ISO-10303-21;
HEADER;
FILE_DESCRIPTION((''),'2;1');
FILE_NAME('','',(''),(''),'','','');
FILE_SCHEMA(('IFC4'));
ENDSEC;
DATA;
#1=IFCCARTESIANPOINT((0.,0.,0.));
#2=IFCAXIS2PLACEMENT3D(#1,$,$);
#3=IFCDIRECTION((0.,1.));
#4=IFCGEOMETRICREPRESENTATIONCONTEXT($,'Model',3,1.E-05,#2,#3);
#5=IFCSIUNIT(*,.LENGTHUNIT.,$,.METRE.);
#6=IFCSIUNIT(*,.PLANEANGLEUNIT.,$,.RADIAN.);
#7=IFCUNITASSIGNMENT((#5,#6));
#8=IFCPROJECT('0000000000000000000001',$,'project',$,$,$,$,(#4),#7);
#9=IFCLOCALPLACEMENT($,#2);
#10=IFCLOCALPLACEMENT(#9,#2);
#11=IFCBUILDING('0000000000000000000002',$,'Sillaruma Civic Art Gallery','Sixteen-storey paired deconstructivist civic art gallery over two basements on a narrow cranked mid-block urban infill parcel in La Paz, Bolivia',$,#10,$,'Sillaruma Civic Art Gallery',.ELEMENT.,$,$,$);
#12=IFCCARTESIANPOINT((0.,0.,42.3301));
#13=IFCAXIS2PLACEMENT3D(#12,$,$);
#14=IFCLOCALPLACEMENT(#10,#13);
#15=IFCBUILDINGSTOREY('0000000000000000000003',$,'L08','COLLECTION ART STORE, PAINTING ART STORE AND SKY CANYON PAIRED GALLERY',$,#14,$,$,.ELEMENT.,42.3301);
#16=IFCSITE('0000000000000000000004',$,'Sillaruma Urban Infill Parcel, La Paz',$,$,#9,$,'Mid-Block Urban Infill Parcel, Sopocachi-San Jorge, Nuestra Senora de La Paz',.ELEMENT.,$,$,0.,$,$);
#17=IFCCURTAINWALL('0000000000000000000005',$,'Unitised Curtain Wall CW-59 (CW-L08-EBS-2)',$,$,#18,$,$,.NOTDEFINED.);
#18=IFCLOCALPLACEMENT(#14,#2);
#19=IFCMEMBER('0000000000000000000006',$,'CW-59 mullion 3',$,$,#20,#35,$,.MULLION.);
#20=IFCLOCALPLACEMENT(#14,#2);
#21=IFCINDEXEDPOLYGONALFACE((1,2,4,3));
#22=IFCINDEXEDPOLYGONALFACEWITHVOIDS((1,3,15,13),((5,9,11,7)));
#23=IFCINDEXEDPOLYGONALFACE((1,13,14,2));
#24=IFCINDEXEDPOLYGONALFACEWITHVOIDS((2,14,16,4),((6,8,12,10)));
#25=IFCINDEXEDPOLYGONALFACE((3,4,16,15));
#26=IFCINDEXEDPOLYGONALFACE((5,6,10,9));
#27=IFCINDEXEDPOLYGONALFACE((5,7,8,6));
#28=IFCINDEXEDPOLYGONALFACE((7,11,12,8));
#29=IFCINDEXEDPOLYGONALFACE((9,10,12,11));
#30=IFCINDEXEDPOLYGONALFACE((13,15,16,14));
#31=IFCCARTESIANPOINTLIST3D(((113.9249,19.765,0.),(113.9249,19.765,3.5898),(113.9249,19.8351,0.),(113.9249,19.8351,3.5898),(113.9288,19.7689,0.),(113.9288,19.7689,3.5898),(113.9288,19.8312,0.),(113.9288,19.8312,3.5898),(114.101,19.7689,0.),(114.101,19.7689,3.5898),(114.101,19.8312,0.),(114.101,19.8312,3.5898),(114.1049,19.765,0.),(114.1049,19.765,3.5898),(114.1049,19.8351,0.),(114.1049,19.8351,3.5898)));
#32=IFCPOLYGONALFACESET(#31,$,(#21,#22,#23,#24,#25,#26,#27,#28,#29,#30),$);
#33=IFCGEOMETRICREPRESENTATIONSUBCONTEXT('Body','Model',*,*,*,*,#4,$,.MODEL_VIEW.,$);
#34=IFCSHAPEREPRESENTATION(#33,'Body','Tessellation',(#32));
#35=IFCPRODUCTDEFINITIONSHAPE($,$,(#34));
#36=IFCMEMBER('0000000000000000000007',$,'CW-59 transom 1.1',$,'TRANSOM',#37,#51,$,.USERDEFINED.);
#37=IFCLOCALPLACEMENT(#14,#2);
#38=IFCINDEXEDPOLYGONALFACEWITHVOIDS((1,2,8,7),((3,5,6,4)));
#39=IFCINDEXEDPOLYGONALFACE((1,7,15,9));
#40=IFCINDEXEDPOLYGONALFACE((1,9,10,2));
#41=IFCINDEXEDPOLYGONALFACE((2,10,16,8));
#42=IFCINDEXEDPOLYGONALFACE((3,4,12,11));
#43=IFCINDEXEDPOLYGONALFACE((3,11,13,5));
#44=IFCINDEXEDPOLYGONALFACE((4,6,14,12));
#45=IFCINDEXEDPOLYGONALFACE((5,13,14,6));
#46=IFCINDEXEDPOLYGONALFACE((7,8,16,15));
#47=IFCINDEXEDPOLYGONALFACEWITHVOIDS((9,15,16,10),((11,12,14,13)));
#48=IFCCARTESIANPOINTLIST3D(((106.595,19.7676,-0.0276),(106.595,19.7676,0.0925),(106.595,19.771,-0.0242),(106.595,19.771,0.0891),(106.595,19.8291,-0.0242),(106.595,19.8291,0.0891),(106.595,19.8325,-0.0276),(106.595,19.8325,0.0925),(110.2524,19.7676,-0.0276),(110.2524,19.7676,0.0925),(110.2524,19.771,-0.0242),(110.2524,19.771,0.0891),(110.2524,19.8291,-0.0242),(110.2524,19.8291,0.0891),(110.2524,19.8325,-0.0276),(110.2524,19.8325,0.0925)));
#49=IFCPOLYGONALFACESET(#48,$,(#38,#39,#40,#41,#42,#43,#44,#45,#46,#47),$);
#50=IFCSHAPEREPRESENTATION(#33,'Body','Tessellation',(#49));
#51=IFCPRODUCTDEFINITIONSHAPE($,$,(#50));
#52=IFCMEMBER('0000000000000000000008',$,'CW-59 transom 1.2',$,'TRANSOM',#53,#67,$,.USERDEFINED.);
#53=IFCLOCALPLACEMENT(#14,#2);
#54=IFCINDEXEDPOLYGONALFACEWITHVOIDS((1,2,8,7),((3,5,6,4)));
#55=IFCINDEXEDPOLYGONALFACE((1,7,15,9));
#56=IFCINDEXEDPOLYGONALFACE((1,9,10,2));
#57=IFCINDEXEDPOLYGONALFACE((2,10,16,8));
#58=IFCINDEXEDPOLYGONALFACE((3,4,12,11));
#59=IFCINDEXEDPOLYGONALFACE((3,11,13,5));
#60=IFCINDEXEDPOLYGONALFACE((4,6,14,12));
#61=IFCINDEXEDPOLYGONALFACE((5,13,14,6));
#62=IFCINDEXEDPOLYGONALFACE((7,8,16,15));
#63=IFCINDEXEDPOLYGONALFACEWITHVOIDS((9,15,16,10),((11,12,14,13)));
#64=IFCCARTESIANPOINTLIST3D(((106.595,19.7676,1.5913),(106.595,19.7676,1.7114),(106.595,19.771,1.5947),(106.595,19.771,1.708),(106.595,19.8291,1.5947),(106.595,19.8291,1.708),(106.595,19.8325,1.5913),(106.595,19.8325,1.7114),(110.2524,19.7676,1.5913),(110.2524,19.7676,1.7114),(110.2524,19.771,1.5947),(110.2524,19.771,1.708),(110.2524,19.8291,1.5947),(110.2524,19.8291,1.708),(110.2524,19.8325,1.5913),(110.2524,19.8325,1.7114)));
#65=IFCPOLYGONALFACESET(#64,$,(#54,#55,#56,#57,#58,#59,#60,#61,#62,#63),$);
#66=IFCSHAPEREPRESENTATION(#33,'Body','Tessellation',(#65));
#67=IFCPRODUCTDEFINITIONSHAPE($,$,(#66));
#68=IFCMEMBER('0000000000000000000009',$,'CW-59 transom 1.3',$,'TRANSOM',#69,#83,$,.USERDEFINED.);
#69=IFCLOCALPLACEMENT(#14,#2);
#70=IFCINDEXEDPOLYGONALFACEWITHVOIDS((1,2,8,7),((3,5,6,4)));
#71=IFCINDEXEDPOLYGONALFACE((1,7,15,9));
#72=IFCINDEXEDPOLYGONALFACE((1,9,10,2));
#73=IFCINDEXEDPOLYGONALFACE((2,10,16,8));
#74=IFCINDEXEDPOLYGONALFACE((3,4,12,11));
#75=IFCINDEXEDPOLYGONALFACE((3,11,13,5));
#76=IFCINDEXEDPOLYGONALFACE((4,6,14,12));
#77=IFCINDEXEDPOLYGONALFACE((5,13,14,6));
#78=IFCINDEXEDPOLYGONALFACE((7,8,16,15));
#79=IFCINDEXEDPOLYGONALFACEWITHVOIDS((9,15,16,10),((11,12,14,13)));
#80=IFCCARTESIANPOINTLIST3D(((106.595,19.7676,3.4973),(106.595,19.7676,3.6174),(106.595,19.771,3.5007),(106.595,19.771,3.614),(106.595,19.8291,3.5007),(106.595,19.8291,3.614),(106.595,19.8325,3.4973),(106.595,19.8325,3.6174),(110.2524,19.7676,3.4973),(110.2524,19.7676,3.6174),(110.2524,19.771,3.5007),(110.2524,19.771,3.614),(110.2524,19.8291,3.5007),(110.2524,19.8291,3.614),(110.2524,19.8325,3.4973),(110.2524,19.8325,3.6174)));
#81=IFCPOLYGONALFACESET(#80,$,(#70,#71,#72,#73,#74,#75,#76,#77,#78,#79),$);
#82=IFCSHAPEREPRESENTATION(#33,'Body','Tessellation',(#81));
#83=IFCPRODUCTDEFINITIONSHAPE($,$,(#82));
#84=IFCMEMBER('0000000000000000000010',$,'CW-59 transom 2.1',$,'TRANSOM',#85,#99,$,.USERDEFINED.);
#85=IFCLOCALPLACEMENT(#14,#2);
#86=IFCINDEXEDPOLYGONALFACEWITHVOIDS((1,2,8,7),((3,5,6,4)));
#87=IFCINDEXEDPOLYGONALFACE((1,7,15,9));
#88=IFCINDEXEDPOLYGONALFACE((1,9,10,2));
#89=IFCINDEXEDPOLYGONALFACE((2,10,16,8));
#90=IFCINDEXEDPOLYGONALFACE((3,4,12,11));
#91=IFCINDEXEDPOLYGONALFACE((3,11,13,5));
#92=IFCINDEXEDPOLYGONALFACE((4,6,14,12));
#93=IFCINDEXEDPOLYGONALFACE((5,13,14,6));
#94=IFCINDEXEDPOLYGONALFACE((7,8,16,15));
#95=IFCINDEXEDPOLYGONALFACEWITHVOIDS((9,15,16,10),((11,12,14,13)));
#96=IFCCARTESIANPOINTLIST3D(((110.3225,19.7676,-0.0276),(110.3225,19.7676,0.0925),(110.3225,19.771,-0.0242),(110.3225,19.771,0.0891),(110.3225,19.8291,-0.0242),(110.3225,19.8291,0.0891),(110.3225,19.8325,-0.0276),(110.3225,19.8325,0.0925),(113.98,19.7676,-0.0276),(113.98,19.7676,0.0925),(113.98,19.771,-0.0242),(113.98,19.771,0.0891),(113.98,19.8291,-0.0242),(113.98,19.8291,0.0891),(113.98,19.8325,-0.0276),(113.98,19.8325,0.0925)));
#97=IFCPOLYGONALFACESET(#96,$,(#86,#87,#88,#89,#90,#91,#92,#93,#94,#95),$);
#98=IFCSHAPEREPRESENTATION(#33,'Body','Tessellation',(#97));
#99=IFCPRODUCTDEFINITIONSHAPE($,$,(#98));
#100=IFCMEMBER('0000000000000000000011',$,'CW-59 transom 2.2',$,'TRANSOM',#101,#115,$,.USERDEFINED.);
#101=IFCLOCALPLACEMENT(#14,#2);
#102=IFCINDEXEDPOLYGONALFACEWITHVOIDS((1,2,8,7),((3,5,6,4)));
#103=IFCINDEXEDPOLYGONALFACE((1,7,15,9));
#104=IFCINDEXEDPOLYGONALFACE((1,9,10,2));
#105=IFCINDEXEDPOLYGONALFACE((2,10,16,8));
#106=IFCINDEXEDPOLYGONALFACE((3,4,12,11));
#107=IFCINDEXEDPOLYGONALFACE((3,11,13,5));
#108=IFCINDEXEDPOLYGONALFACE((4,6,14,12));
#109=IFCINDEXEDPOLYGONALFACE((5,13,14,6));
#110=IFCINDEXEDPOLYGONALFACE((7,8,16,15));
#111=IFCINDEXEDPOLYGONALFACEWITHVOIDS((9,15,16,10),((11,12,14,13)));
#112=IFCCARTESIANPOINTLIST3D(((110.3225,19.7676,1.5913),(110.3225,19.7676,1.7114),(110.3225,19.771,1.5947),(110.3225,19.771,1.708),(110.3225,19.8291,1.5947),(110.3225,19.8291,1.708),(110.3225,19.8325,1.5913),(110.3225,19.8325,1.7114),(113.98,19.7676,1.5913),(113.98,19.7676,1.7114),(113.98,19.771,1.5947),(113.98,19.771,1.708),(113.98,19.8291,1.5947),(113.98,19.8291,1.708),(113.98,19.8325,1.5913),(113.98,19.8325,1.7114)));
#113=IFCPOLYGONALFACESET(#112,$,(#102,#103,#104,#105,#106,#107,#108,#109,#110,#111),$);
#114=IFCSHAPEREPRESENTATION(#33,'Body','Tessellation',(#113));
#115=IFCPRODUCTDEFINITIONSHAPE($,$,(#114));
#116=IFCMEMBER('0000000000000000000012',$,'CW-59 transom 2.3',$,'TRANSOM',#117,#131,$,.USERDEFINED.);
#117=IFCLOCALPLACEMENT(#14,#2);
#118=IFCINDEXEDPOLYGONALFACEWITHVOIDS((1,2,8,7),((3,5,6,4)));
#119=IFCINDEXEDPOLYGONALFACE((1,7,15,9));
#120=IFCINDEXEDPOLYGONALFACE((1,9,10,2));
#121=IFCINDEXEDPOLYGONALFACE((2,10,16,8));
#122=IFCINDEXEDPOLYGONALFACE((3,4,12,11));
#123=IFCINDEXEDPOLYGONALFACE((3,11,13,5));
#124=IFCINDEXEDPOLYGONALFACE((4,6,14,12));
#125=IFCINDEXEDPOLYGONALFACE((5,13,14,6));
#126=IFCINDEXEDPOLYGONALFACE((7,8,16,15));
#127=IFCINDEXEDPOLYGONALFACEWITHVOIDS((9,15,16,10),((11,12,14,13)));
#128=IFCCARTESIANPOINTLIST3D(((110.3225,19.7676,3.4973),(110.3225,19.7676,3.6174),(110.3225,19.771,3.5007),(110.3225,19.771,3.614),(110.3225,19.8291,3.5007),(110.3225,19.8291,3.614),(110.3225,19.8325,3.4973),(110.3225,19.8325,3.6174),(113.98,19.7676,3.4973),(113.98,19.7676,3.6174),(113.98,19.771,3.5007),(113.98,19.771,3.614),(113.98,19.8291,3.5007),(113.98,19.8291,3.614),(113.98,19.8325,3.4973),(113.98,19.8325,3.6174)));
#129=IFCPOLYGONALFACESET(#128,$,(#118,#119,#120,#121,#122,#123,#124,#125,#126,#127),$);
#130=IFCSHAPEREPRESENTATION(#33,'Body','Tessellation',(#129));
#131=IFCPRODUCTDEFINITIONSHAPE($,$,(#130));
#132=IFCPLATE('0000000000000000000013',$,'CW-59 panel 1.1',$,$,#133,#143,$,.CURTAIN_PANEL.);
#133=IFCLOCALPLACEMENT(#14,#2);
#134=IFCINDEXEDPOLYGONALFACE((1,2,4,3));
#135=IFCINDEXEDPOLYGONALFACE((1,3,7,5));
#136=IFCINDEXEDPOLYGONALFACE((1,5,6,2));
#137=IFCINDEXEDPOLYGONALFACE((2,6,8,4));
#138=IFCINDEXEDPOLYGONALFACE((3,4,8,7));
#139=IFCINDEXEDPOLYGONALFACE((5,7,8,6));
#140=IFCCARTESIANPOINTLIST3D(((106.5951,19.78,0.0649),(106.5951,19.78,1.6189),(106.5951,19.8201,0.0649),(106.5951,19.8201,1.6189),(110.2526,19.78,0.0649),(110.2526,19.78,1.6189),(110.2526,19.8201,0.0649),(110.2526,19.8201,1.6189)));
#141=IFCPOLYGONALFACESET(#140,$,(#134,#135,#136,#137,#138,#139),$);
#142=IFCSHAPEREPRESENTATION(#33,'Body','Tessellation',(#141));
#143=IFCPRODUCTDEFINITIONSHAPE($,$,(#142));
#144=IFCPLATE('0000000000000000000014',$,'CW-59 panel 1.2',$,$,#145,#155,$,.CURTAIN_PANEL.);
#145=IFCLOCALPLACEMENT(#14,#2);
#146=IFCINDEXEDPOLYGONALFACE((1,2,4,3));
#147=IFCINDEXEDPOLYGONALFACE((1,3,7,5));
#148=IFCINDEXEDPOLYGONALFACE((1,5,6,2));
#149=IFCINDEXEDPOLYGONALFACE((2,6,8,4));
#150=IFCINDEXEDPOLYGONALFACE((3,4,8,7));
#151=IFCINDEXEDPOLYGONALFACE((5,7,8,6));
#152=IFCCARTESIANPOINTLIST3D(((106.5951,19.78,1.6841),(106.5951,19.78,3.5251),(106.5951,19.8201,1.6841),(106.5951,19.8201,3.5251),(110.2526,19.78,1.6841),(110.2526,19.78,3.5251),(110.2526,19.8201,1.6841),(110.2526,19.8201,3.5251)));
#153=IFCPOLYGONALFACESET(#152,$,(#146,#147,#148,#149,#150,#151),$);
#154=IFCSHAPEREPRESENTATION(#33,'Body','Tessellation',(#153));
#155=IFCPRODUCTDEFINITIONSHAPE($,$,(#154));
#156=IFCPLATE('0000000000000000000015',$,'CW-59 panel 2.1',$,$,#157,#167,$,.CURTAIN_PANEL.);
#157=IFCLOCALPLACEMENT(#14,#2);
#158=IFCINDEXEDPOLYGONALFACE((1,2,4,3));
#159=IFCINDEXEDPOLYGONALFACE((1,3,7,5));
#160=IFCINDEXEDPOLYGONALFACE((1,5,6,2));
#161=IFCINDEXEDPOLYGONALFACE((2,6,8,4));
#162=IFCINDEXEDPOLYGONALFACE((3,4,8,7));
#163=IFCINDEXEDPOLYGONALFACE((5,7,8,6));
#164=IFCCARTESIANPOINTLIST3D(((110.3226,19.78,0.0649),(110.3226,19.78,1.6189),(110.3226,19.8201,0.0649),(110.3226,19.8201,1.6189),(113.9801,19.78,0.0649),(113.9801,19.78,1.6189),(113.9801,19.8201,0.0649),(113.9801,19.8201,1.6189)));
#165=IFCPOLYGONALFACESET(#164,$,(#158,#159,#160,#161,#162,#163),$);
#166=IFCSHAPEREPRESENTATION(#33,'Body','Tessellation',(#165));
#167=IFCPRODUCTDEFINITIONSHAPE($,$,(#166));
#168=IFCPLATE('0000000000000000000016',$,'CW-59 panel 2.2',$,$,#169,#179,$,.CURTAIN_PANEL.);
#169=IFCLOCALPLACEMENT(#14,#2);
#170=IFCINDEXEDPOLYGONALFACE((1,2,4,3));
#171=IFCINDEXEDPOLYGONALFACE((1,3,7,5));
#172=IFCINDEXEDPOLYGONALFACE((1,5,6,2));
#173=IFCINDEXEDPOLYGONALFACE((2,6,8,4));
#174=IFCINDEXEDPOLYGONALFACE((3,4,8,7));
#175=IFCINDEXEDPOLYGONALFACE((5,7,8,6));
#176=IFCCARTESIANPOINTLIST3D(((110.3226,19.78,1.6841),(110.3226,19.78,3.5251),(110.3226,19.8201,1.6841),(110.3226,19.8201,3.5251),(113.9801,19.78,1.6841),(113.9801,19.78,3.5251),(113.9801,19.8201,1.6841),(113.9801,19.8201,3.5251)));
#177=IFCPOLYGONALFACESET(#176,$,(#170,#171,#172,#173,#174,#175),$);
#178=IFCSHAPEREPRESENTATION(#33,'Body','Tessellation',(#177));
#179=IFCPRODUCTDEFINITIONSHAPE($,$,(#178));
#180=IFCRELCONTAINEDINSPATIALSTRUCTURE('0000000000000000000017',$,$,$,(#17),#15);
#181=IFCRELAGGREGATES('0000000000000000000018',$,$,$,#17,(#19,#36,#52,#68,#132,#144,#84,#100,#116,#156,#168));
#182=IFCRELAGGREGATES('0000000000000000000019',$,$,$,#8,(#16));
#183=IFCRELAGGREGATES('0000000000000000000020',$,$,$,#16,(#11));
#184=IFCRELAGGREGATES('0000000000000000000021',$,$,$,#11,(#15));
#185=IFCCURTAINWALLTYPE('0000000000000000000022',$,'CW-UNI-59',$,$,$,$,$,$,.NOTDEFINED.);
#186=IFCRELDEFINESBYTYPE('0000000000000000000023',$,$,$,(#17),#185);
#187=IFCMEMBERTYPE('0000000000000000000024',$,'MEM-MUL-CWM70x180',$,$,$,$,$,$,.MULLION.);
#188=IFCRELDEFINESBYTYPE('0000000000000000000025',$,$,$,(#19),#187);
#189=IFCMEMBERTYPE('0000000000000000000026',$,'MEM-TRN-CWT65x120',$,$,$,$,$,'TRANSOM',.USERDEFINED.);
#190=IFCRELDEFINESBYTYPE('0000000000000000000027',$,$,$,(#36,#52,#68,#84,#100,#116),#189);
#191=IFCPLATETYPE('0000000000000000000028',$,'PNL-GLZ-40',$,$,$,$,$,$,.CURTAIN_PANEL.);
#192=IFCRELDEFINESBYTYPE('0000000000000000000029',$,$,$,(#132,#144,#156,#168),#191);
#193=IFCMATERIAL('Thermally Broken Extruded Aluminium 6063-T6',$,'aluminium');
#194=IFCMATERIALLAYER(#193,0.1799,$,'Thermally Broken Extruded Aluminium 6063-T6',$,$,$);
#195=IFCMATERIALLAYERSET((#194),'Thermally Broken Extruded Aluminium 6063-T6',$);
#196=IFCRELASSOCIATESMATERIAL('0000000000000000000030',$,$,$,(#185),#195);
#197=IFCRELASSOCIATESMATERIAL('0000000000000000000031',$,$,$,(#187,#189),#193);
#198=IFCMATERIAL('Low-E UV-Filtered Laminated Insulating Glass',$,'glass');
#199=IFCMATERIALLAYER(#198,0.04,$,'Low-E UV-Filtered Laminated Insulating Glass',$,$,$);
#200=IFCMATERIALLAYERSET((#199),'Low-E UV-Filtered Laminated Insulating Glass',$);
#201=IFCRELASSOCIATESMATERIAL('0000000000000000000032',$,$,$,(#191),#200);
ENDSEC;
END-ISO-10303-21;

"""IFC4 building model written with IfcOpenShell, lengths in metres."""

from ifc_helpers import new_model, si_unit, direction, frame, origin, origin_2d, place, context, subcontext, project, spatial, rectangle, hollow_rectangle, extrude, material, layer, layer_set, material_profile, profile_set, type_object, element, aggregate, save


model = new_model("IFC4")

# Units and contexts
model_context = context("Model", 3, precision=1e-05, world=origin(), true_north=direction((0.0, 1.0)))
body_context = subcontext(model_context, "Body", "Model", "MODEL_VIEW")
ifc_project = project(units=[si_unit("LENGTHUNIT", "METRE"), si_unit("PLANEANGLEUNIT", "RADIAN")], contexts=[model_context])

# Site, building, storey
site_placement = place(None, origin())
site = spatial("IfcSite", under=ifc_project, at=site_placement, Name="Sillaruma Urban Infill Parcel, La Paz", LongName="Mid-Block Urban Infill Parcel, Sopocachi-San Jorge, Nuestra Senora de La Paz", CompositionType="ELEMENT", RefElevation=0.0)
building_placement = place(site_placement, origin())
building = spatial("IfcBuilding", under=site, at=building_placement, Name="Sillaruma Civic Art Gallery", Description="Sixteen-storey paired deconstructivist civic art gallery over two basements on a narrow cranked mid-block urban infill parcel in La Paz, Bolivia", LongName="Sillaruma Civic Art Gallery", CompositionType="ELEMENT")
storey_placement = place(building_placement, frame((0.0, 0.0, 42.3301)))
storey = spatial("IfcBuildingStorey", under=building, at=storey_placement, Name="L08", Description="COLLECTION ART STORE, PAINTING ART STORE AND SKY CANYON PAIRED GALLERY", CompositionType="ELEMENT", Elevation=42.3301)

# Curtain wall, members, plates
ifc_material_1 = material(Name="Thermally Broken Extruded Aluminium 6063-T6", Category="aluminium")
ifc_layer_1 = layer(ifc_material_1, 0.1799, Name="Thermally Broken Extruded Aluminium 6063-T6")
ifc_layer_set_1 = layer_set([ifc_layer_1], Name="Thermally Broken Extruded Aluminium 6063-T6")
curtain_wall_type = type_object("IfcCurtainWallType", Name="CW-UNI-59", PredefinedType="NOTDEFINED", material=ifc_layer_set_1)
curtain_wall_placement = place(storey_placement, origin())
curtain_wall = element("IfcCurtainWall", 1, at=curtain_wall_placement, inside=storey, type_object=curtain_wall_type, Name="Unitised Curtain Wall CW-59 (CW-L08-EBS-2)", PredefinedType="NOTDEFINED")
ifc_material_profile_1 = material_profile(ifc_material_1, hollow_rectangle(XDim=0.0701, YDim=0.1799, WallThickness=0.0039, at=origin_2d()), Name="CWM70x180")
ifc_profile_set_1 = profile_set([ifc_material_profile_1], Name="Thermally Broken Extruded Aluminium 6063-T6")
member_type_1 = type_object("IfcMemberType", Name="MEM-MUL-CWM70x180", PredefinedType="MULLION", material=ifc_profile_set_1)
member_1_placement = place(storey_placement, frame((114.0149, 19.8, 0.0), z_axis=(0.0, 0.0, 1.0), x_axis=(0.0, 1.0, 0.0)))
member_1 = element("IfcMember", 2, at=member_1_placement, type_object=member_type_1, Name="CW-59 mullion 3", PredefinedType="MULLION", context=body_context, shape_type="SweptSolid", body=[
    extrude(hollow_rectangle(XDim=0.0701, YDim=0.1799, WallThickness=0.0039, at=origin_2d()), origin(), (0.0, 0.0, 1.0), 3.5898),
])
ifc_material_profile_2 = material_profile(ifc_material_1, hollow_rectangle(XDim=0.0649, YDim=0.1201, WallThickness=0.0034, at=origin_2d()), Name="CWT65x120")
ifc_profile_set_2 = profile_set([ifc_material_profile_2], Name="Thermally Broken Extruded Aluminium 6063-T6")
member_type_2 = type_object("IfcMemberType", Name="MEM-TRN-CWT65x120", ElementType="TRANSOM", PredefinedType="USERDEFINED", material=ifc_profile_set_2)
member_2_placement = place(storey_placement, frame((106.595, 19.8, 0.0325), z_axis=(1.0, 0.0, 0.0), x_axis=(0.0, 1.0, 0.0)))
member_2 = element("IfcMember", 3, at=member_2_placement, type_object=member_type_2, Name="CW-59 transom 1.1", ObjectType="TRANSOM", PredefinedType="USERDEFINED", context=body_context, shape_type="SweptSolid", body=[
    extrude(hollow_rectangle(XDim=0.0649, YDim=0.1201, WallThickness=0.0034, at=origin_2d()), origin(), (0.0, 0.0, 1.0), 3.6575),
])
member_3_placement = place(storey_placement, frame((106.595, 19.8, 1.6514), z_axis=(1.0, 0.0, 0.0), x_axis=(0.0, 1.0, 0.0)))
member_3 = element("IfcMember", 4, at=member_3_placement, type_object=member_type_2, Name="CW-59 transom 1.2", ObjectType="TRANSOM", PredefinedType="USERDEFINED", context=body_context, shape_type="SweptSolid", body=[
    extrude(hollow_rectangle(XDim=0.0649, YDim=0.1201, WallThickness=0.0034, at=origin_2d()), origin(), (0.0, 0.0, 1.0), 3.6575),
])
member_4_placement = place(storey_placement, frame((106.595, 19.8, 3.5574), z_axis=(1.0, 0.0, 0.0), x_axis=(0.0, 1.0, 0.0)))
member_4 = element("IfcMember", 5, at=member_4_placement, type_object=member_type_2, Name="CW-59 transom 1.3", ObjectType="TRANSOM", PredefinedType="USERDEFINED", context=body_context, shape_type="SweptSolid", body=[
    extrude(hollow_rectangle(XDim=0.0649, YDim=0.1201, WallThickness=0.0034, at=origin_2d()), origin(), (0.0, 0.0, 1.0), 3.6575),
])
member_5_placement = place(storey_placement, frame((110.3225, 19.8, 0.0325), z_axis=(1.0, 0.0, 0.0), x_axis=(0.0, 1.0, 0.0)))
member_5 = element("IfcMember", 6, at=member_5_placement, type_object=member_type_2, Name="CW-59 transom 2.1", ObjectType="TRANSOM", PredefinedType="USERDEFINED", context=body_context, shape_type="SweptSolid", body=[
    extrude(hollow_rectangle(XDim=0.0649, YDim=0.1201, WallThickness=0.0034, at=origin_2d()), origin(), (0.0, 0.0, 1.0), 3.6575),
])
member_6_placement = place(storey_placement, frame((110.3225, 19.8, 1.6514), z_axis=(1.0, 0.0, 0.0), x_axis=(0.0, 1.0, 0.0)))
member_6 = element("IfcMember", 7, at=member_6_placement, type_object=member_type_2, Name="CW-59 transom 2.2", ObjectType="TRANSOM", PredefinedType="USERDEFINED", context=body_context, shape_type="SweptSolid", body=[
    extrude(hollow_rectangle(XDim=0.0649, YDim=0.1201, WallThickness=0.0034, at=origin_2d()), origin(), (0.0, 0.0, 1.0), 3.6575),
])
member_7_placement = place(storey_placement, frame((110.3225, 19.8, 3.5574), z_axis=(1.0, 0.0, 0.0), x_axis=(0.0, 1.0, 0.0)))
member_7 = element("IfcMember", 8, at=member_7_placement, type_object=member_type_2, Name="CW-59 transom 2.3", ObjectType="TRANSOM", PredefinedType="USERDEFINED", context=body_context, shape_type="SweptSolid", body=[
    extrude(hollow_rectangle(XDim=0.0649, YDim=0.1201, WallThickness=0.0034, at=origin_2d()), origin(), (0.0, 0.0, 1.0), 3.6575),
])
ifc_material_2 = material(Name="Low-E UV-Filtered Laminated Insulating Glass", Category="glass")
ifc_layer_2 = layer(ifc_material_2, 0.04, Name="Low-E UV-Filtered Laminated Insulating Glass")
ifc_layer_set_2 = layer_set([ifc_layer_2], Name="Low-E UV-Filtered Laminated Insulating Glass")
plate_type = type_object("IfcPlateType", Name="PNL-GLZ-40", PredefinedType="CURTAIN_PANEL", material=ifc_layer_set_2)
plate_1_placement = place(storey_placement, frame((108.4238, 19.8, 0.0649), z_axis=(0.0, 0.0, 1.0), x_axis=(1.0, 0.0, 0.0)))
plate_1 = element("IfcPlate", 9, at=plate_1_placement, type_object=plate_type, Name="CW-59 panel 1.1", PredefinedType="CURTAIN_PANEL", context=body_context, shape_type="SweptSolid", body=[
    extrude(rectangle(XDim=3.6575, YDim=0.04, at=origin_2d()), origin(), (0.0, 0.0, 1.0), 1.554),
])
plate_2_placement = place(storey_placement, frame((108.4238, 19.8, 1.6841), z_axis=(0.0, 0.0, 1.0), x_axis=(1.0, 0.0, 0.0)))
plate_2 = element("IfcPlate", 10, at=plate_2_placement, type_object=plate_type, Name="CW-59 panel 1.2", PredefinedType="CURTAIN_PANEL", context=body_context, shape_type="SweptSolid", body=[
    extrude(rectangle(XDim=3.6575, YDim=0.04, at=origin_2d()), origin(), (0.0, 0.0, 1.0), 1.8411),
])
plate_3_placement = place(storey_placement, frame((112.1514, 19.8, 0.0649), z_axis=(0.0, 0.0, 1.0), x_axis=(1.0, 0.0, 0.0)))
plate_3 = element("IfcPlate", 11, at=plate_3_placement, type_object=plate_type, Name="CW-59 panel 2.1", PredefinedType="CURTAIN_PANEL", context=body_context, shape_type="SweptSolid", body=[
    extrude(rectangle(XDim=3.6575, YDim=0.04, at=origin_2d()), origin(), (0.0, 0.0, 1.0), 1.554),
])
plate_4_placement = place(storey_placement, frame((112.1514, 19.8, 1.6841), z_axis=(0.0, 0.0, 1.0), x_axis=(1.0, 0.0, 0.0)))
plate_4 = element("IfcPlate", 12, at=plate_4_placement, type_object=plate_type, Name="CW-59 panel 2.2", PredefinedType="CURTAIN_PANEL", context=body_context, shape_type="SweptSolid", body=[
    extrude(rectangle(XDim=3.6575, YDim=0.04, at=origin_2d()), origin(), (0.0, 0.0, 1.0), 1.8411),
])
aggregate(curtain_wall, [member_1, member_2, member_3, member_4, plate_1, plate_2, member_5, member_6, member_7, plate_3, plate_4])

save(model, "model.ifc")
